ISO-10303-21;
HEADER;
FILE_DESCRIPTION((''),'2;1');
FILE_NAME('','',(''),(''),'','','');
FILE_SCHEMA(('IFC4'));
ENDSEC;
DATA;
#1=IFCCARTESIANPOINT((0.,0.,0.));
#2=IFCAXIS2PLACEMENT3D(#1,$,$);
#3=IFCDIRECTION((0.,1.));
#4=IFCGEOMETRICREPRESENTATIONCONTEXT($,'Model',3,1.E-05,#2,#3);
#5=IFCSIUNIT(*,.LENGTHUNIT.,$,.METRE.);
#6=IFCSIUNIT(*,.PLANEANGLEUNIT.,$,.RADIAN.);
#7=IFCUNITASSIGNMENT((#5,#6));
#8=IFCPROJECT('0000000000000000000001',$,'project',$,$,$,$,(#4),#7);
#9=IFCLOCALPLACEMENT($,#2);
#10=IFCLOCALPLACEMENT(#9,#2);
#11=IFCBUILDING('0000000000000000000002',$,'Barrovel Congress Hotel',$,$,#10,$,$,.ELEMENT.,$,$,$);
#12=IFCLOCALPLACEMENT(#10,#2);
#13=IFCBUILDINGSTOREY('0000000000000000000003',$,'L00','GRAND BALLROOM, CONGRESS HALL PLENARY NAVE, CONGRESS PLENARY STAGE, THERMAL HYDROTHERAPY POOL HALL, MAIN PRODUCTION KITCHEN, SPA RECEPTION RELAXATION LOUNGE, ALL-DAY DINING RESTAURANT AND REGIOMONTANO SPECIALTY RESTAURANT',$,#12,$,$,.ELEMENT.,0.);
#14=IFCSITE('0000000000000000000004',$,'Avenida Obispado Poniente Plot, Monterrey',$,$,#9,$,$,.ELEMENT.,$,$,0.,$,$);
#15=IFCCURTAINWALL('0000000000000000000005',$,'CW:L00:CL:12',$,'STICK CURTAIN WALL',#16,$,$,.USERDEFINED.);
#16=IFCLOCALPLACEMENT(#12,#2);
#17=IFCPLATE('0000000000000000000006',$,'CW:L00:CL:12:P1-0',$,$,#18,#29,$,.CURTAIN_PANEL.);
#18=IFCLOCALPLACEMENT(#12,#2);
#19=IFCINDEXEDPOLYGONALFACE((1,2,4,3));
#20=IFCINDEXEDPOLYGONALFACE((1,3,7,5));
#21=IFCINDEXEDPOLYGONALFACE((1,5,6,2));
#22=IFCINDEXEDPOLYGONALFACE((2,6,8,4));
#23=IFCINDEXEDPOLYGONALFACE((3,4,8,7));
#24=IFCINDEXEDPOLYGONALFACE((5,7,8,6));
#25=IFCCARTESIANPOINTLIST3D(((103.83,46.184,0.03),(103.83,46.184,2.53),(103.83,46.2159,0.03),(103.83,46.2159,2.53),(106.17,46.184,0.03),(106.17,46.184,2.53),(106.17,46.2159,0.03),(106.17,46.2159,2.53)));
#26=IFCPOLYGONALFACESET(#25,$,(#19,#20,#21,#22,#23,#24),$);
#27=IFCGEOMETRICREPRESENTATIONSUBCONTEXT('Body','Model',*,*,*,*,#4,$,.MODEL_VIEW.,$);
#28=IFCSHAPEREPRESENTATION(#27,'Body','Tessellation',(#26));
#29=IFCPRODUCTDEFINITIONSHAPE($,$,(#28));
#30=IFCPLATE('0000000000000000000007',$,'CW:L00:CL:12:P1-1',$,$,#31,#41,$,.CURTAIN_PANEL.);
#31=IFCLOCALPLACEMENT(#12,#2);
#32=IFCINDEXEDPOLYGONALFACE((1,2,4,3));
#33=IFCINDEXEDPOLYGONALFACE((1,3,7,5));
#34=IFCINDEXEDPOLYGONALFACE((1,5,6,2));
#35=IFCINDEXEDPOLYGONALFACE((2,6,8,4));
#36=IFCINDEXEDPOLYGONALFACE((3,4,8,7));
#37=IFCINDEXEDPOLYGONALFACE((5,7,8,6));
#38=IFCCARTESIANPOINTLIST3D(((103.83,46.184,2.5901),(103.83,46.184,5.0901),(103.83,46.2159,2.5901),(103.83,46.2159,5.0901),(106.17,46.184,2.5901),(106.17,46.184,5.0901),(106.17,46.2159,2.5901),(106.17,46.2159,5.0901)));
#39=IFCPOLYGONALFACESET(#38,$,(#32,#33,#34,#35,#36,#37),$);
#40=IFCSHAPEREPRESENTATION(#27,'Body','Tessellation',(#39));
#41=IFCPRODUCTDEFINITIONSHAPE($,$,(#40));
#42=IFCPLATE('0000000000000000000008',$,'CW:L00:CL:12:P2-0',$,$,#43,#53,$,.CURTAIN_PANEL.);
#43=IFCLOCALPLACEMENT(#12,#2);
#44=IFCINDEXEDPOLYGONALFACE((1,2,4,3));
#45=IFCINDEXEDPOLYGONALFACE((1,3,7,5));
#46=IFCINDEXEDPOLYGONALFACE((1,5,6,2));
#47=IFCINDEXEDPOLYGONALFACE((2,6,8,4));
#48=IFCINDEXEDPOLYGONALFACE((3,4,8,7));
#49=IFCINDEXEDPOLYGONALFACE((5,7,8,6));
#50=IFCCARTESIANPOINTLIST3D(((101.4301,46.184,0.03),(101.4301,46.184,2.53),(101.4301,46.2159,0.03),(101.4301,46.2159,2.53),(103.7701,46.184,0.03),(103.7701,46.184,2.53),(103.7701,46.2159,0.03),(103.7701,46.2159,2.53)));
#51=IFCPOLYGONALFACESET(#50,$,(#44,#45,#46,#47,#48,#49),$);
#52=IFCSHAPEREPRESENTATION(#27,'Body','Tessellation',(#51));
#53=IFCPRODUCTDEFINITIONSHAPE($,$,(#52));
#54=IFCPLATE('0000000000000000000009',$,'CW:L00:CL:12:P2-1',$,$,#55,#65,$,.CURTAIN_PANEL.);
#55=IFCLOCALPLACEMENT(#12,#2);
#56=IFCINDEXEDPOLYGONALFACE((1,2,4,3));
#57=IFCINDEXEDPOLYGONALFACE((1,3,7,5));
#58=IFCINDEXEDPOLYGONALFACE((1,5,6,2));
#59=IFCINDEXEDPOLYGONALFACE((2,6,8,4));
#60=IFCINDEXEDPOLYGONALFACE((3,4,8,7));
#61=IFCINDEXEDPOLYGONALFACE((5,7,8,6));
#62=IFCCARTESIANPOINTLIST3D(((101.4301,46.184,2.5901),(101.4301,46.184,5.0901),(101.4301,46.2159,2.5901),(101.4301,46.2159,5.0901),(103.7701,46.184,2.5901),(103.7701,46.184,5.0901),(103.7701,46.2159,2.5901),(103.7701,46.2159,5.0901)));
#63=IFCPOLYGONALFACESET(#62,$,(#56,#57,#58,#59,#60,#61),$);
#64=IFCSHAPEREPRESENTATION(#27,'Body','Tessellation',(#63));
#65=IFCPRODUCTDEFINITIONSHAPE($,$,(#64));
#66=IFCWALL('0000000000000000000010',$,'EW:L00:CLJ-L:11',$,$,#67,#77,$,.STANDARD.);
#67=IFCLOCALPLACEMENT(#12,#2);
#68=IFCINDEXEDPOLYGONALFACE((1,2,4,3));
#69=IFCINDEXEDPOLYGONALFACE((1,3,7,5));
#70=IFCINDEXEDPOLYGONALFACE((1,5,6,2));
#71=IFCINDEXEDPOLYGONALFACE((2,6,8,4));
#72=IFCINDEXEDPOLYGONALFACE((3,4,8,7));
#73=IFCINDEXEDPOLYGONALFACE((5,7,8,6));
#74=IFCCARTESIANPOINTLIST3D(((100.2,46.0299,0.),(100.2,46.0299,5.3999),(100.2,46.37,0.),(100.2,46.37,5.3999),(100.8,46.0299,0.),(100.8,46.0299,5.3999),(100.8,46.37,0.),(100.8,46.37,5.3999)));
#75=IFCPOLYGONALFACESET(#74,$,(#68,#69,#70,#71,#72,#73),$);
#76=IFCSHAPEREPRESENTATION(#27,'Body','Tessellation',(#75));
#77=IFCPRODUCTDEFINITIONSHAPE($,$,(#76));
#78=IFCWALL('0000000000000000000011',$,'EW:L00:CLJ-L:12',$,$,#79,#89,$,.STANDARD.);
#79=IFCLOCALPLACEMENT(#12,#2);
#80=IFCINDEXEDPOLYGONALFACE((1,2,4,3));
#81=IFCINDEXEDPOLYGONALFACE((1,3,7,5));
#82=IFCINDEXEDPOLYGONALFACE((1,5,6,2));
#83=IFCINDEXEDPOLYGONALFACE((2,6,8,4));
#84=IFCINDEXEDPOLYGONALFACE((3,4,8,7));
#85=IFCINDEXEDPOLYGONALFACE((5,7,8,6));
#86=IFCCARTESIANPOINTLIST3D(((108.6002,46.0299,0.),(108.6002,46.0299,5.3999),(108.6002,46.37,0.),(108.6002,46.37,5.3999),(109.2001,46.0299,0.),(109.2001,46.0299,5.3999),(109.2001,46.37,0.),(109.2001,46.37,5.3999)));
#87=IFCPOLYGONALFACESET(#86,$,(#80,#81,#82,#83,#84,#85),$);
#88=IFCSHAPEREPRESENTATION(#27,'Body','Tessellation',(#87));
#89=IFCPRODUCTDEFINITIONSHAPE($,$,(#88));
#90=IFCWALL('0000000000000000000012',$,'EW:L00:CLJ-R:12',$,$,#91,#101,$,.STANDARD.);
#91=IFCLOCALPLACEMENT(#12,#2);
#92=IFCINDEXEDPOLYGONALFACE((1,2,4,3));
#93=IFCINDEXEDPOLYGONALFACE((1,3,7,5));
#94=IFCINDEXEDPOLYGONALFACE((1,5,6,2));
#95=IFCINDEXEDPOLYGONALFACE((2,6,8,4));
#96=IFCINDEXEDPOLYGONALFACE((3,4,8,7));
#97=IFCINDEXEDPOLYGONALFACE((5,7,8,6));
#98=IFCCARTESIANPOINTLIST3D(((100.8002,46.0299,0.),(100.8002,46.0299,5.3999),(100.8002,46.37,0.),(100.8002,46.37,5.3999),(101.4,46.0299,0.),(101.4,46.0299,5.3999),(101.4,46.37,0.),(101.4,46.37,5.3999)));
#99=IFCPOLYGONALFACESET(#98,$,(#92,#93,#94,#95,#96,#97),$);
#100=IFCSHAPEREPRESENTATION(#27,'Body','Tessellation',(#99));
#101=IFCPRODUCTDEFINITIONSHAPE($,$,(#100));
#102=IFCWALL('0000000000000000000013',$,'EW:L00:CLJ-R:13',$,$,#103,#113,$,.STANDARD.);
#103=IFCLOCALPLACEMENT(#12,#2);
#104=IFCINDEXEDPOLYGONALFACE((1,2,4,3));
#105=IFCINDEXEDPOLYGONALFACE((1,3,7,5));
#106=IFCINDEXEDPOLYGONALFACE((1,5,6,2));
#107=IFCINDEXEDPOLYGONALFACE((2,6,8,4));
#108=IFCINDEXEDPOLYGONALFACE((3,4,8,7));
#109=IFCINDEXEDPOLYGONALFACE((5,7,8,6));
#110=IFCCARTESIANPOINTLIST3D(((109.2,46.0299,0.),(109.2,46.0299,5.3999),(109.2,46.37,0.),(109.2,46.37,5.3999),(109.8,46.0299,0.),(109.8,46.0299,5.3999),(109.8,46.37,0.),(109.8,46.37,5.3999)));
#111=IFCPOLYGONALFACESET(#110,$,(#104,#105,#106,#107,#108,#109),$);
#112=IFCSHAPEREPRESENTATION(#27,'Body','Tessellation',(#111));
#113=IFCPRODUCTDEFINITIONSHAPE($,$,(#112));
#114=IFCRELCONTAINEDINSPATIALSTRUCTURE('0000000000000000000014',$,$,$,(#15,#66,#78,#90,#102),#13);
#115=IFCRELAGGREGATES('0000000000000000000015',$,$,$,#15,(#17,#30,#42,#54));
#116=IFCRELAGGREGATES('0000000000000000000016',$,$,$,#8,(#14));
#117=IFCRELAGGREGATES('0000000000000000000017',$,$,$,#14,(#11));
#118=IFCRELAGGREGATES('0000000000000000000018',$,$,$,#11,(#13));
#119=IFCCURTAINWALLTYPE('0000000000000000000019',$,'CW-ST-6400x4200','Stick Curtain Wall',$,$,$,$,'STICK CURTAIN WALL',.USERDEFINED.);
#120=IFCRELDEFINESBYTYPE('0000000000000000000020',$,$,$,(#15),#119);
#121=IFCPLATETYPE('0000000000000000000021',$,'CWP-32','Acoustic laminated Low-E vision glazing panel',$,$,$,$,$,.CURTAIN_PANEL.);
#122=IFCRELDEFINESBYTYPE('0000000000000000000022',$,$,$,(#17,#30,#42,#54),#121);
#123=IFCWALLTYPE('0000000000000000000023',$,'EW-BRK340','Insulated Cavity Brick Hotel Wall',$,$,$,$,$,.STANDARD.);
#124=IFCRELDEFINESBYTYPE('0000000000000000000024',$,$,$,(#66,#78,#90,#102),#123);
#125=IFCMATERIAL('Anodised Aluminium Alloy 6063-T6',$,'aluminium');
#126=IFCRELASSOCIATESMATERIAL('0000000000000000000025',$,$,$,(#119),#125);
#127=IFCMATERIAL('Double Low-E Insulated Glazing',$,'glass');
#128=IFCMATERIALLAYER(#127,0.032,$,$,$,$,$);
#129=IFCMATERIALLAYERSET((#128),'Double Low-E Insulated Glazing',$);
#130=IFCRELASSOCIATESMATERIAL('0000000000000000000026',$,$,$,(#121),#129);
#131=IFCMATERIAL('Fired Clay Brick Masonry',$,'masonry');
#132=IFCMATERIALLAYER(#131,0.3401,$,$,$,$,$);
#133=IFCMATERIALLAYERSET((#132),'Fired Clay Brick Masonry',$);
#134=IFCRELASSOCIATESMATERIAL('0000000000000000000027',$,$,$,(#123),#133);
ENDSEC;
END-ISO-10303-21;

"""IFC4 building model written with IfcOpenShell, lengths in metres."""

from ifc_helpers import new_model, si_unit, direction, frame, frame_2d, origin, origin_2d, place, context, subcontext, project, spatial, rectangle, extrude, material, layer, layer_set, type_object, element, aggregate, save


model = new_model("IFC4")

# Units and contexts
model_context = context("Model", 3, precision=1e-05, world=origin(), true_north=direction((0.0, 1.0)))
body_context = subcontext(model_context, "Body", "Model", "MODEL_VIEW")
ifc_project = project(units=[si_unit("LENGTHUNIT", "METRE"), si_unit("PLANEANGLEUNIT", "RADIAN")], contexts=[model_context])

# Site, building, storey
site_placement = place(None, origin())
site = spatial("IfcSite", under=ifc_project, at=site_placement, Name="Avenida Obispado Poniente Plot, Monterrey", CompositionType="ELEMENT", RefElevation=0.0)
building_placement = place(site_placement, origin())
building = spatial("IfcBuilding", under=site, at=building_placement, Name="Barrovel Congress Hotel", CompositionType="ELEMENT")
storey_placement = place(building_placement, origin())
storey = spatial("IfcBuildingStorey", under=building, at=storey_placement, Name="L00", Description="GRAND BALLROOM, CONGRESS HALL PLENARY NAVE, CONGRESS PLENARY STAGE, THERMAL HYDROTHERAPY POOL HALL, MAIN PRODUCTION KITCHEN, SPA RECEPTION RELAXATION LOUNGE, ALL-DAY DINING RESTAURANT AND REGIOMONTANO SPECIALTY RESTAURANT", CompositionType="ELEMENT", Elevation=0.0)

# Curtain wall
ifc_material_1 = material(Name="Anodised Aluminium Alloy 6063-T6", Category="aluminium")
curtain_wall_type = type_object("IfcCurtainWallType", Name="CW-ST-6400x4200", Description="Stick Curtain Wall", ElementType="STICK CURTAIN WALL", PredefinedType="USERDEFINED", material=ifc_material_1)
curtain_wall_1_placement = place(storey_placement, origin())
curtain_wall_1 = element("IfcCurtainWall", 1, at=curtain_wall_1_placement, inside=storey, type_object=curtain_wall_type, Name="CW:L00:CL:12", ObjectType="STICK CURTAIN WALL", PredefinedType="USERDEFINED")

# Plates
ifc_material_2 = material(Name="Double Low-E Insulated Glazing", Category="glass")
ifc_layer_1 = layer(ifc_material_2, 0.032)
ifc_layer_set_1 = layer_set([ifc_layer_1], Name="Double Low-E Insulated Glazing")
plate_type_1 = type_object("IfcPlateType", Name="CWP-32", Description="Acoustic laminated Low-E vision glazing panel", PredefinedType="CURTAIN_PANEL", material=ifc_layer_set_1)
plate_1_placement = place(storey_placement, frame((105.0, 46.2, 0.03), z_axis=(0.0, 0.0, 1.0), x_axis=(-1.0, 0.0, 0.0)))
plate_1 = element("IfcPlate", 2, at=plate_1_placement, type_object=plate_type_1, Name="CW:L00:CL:12:P1-0", PredefinedType="CURTAIN_PANEL", context=body_context, shape_type="SweptSolid", body=[
    extrude(rectangle(XDim=2.3401, YDim=0.032, at=origin_2d()), origin(), (0.0, 0.0, 1.0), 2.5),
])
plate_2_placement = place(storey_placement, frame((105.0, 46.2, 2.5901), z_axis=(0.0, 0.0, 1.0), x_axis=(-1.0, 0.0, 0.0)))
plate_2 = element("IfcPlate", 3, at=plate_2_placement, type_object=plate_type_1, Name="CW:L00:CL:12:P1-1", PredefinedType="CURTAIN_PANEL", context=body_context, shape_type="SweptSolid", body=[
    extrude(rectangle(XDim=2.3401, YDim=0.032, at=origin_2d()), origin(), (0.0, 0.0, 1.0), 2.5),
])
plate_3_placement = place(storey_placement, frame((102.6001, 46.2, 0.03), z_axis=(0.0, 0.0, 1.0), x_axis=(-1.0, 0.0, 0.0)))
plate_3 = element("IfcPlate", 4, at=plate_3_placement, type_object=plate_type_1, Name="CW:L00:CL:12:P2-0", PredefinedType="CURTAIN_PANEL", context=body_context, shape_type="SweptSolid", body=[
    extrude(rectangle(XDim=2.3401, YDim=0.032, at=origin_2d()), origin(), (0.0, 0.0, 1.0), 2.5),
])
plate_4_placement = place(storey_placement, frame((102.6001, 46.2, 2.5901), z_axis=(0.0, 0.0, 1.0), x_axis=(-1.0, 0.0, 0.0)))
plate_4 = element("IfcPlate", 5, at=plate_4_placement, type_object=plate_type_1, Name="CW:L00:CL:12:P2-1", PredefinedType="CURTAIN_PANEL", context=body_context, shape_type="SweptSolid", body=[
    extrude(rectangle(XDim=2.3401, YDim=0.032, at=origin_2d()), origin(), (0.0, 0.0, 1.0), 2.5),
])
aggregate(curtain_wall_1, [plate_1, plate_2, plate_3, plate_4])

# Walls
ifc_material_3 = material(Name="Fired Clay Brick Masonry", Category="masonry")
ifc_layer_2 = layer(ifc_material_3, 0.3401)
ifc_layer_set_2 = layer_set([ifc_layer_2], Name="Fired Clay Brick Masonry")
wall_type = type_object("IfcWallType", Name="EW-BRK340", Description="Insulated Cavity Brick Hotel Wall", PredefinedType="STANDARD", material=ifc_layer_set_2)
wall_1_placement = place(storey_placement, frame((100.8, 46.2, 0.0), z_axis=(0.0, 0.0, 1.0), x_axis=(-1.0, 0.0, 0.0)))
element("IfcWall", 6, at=wall_1_placement, inside=storey, type_object=wall_type, Name="EW:L00:CLJ-L:11", PredefinedType="STANDARD", context=body_context, shape_type="SweptSolid", body=[
    extrude(rectangle(XDim=0.6001, YDim=0.3401, at=frame_2d((0.3, 0.0))), origin(), (0.0, 0.0, 1.0), 5.3999),
])
for number, where, z_axis, x_axis, name in (
    (7, (109.2, 46.2, 0.0), (0.0, 0.0, 1.0), (-1.0, 0.0, 0.0), "EW:L00:CLJ-L:12"),
    (8, (101.3999, 46.2, 0.0), (0.0, 0.0, 1.0), (-1.0, 0.0, 0.0), "EW:L00:CLJ-R:12"),
):
    element("IfcWall", number, at=place(storey_placement, frame(where, z_axis=z_axis, x_axis=x_axis)), inside=storey, type_object=wall_type, Name=name, PredefinedType="STANDARD", context=body_context, shape_type="SweptSolid", body=[
        extrude(rectangle(XDim=0.5999, YDim=0.3401, at=frame_2d((0.2998, 0.0))), origin(), (0.0, 0.0, 1.0), 5.3999),
    ])
wall_2_placement = place(storey_placement, frame((109.8, 46.2, 0.0), z_axis=(0.0, 0.0, 1.0), x_axis=(-1.0, 0.0, 0.0)))
element("IfcWall", 9, at=wall_2_placement, inside=storey, type_object=wall_type, Name="EW:L00:CLJ-R:13", PredefinedType="STANDARD", context=body_context, shape_type="SweptSolid", body=[
    extrude(rectangle(XDim=0.6001, YDim=0.3401, at=frame_2d((0.3, 0.0))), origin(), (0.0, 0.0, 1.0), 5.3999),
])

save(model, "model.ifc")
